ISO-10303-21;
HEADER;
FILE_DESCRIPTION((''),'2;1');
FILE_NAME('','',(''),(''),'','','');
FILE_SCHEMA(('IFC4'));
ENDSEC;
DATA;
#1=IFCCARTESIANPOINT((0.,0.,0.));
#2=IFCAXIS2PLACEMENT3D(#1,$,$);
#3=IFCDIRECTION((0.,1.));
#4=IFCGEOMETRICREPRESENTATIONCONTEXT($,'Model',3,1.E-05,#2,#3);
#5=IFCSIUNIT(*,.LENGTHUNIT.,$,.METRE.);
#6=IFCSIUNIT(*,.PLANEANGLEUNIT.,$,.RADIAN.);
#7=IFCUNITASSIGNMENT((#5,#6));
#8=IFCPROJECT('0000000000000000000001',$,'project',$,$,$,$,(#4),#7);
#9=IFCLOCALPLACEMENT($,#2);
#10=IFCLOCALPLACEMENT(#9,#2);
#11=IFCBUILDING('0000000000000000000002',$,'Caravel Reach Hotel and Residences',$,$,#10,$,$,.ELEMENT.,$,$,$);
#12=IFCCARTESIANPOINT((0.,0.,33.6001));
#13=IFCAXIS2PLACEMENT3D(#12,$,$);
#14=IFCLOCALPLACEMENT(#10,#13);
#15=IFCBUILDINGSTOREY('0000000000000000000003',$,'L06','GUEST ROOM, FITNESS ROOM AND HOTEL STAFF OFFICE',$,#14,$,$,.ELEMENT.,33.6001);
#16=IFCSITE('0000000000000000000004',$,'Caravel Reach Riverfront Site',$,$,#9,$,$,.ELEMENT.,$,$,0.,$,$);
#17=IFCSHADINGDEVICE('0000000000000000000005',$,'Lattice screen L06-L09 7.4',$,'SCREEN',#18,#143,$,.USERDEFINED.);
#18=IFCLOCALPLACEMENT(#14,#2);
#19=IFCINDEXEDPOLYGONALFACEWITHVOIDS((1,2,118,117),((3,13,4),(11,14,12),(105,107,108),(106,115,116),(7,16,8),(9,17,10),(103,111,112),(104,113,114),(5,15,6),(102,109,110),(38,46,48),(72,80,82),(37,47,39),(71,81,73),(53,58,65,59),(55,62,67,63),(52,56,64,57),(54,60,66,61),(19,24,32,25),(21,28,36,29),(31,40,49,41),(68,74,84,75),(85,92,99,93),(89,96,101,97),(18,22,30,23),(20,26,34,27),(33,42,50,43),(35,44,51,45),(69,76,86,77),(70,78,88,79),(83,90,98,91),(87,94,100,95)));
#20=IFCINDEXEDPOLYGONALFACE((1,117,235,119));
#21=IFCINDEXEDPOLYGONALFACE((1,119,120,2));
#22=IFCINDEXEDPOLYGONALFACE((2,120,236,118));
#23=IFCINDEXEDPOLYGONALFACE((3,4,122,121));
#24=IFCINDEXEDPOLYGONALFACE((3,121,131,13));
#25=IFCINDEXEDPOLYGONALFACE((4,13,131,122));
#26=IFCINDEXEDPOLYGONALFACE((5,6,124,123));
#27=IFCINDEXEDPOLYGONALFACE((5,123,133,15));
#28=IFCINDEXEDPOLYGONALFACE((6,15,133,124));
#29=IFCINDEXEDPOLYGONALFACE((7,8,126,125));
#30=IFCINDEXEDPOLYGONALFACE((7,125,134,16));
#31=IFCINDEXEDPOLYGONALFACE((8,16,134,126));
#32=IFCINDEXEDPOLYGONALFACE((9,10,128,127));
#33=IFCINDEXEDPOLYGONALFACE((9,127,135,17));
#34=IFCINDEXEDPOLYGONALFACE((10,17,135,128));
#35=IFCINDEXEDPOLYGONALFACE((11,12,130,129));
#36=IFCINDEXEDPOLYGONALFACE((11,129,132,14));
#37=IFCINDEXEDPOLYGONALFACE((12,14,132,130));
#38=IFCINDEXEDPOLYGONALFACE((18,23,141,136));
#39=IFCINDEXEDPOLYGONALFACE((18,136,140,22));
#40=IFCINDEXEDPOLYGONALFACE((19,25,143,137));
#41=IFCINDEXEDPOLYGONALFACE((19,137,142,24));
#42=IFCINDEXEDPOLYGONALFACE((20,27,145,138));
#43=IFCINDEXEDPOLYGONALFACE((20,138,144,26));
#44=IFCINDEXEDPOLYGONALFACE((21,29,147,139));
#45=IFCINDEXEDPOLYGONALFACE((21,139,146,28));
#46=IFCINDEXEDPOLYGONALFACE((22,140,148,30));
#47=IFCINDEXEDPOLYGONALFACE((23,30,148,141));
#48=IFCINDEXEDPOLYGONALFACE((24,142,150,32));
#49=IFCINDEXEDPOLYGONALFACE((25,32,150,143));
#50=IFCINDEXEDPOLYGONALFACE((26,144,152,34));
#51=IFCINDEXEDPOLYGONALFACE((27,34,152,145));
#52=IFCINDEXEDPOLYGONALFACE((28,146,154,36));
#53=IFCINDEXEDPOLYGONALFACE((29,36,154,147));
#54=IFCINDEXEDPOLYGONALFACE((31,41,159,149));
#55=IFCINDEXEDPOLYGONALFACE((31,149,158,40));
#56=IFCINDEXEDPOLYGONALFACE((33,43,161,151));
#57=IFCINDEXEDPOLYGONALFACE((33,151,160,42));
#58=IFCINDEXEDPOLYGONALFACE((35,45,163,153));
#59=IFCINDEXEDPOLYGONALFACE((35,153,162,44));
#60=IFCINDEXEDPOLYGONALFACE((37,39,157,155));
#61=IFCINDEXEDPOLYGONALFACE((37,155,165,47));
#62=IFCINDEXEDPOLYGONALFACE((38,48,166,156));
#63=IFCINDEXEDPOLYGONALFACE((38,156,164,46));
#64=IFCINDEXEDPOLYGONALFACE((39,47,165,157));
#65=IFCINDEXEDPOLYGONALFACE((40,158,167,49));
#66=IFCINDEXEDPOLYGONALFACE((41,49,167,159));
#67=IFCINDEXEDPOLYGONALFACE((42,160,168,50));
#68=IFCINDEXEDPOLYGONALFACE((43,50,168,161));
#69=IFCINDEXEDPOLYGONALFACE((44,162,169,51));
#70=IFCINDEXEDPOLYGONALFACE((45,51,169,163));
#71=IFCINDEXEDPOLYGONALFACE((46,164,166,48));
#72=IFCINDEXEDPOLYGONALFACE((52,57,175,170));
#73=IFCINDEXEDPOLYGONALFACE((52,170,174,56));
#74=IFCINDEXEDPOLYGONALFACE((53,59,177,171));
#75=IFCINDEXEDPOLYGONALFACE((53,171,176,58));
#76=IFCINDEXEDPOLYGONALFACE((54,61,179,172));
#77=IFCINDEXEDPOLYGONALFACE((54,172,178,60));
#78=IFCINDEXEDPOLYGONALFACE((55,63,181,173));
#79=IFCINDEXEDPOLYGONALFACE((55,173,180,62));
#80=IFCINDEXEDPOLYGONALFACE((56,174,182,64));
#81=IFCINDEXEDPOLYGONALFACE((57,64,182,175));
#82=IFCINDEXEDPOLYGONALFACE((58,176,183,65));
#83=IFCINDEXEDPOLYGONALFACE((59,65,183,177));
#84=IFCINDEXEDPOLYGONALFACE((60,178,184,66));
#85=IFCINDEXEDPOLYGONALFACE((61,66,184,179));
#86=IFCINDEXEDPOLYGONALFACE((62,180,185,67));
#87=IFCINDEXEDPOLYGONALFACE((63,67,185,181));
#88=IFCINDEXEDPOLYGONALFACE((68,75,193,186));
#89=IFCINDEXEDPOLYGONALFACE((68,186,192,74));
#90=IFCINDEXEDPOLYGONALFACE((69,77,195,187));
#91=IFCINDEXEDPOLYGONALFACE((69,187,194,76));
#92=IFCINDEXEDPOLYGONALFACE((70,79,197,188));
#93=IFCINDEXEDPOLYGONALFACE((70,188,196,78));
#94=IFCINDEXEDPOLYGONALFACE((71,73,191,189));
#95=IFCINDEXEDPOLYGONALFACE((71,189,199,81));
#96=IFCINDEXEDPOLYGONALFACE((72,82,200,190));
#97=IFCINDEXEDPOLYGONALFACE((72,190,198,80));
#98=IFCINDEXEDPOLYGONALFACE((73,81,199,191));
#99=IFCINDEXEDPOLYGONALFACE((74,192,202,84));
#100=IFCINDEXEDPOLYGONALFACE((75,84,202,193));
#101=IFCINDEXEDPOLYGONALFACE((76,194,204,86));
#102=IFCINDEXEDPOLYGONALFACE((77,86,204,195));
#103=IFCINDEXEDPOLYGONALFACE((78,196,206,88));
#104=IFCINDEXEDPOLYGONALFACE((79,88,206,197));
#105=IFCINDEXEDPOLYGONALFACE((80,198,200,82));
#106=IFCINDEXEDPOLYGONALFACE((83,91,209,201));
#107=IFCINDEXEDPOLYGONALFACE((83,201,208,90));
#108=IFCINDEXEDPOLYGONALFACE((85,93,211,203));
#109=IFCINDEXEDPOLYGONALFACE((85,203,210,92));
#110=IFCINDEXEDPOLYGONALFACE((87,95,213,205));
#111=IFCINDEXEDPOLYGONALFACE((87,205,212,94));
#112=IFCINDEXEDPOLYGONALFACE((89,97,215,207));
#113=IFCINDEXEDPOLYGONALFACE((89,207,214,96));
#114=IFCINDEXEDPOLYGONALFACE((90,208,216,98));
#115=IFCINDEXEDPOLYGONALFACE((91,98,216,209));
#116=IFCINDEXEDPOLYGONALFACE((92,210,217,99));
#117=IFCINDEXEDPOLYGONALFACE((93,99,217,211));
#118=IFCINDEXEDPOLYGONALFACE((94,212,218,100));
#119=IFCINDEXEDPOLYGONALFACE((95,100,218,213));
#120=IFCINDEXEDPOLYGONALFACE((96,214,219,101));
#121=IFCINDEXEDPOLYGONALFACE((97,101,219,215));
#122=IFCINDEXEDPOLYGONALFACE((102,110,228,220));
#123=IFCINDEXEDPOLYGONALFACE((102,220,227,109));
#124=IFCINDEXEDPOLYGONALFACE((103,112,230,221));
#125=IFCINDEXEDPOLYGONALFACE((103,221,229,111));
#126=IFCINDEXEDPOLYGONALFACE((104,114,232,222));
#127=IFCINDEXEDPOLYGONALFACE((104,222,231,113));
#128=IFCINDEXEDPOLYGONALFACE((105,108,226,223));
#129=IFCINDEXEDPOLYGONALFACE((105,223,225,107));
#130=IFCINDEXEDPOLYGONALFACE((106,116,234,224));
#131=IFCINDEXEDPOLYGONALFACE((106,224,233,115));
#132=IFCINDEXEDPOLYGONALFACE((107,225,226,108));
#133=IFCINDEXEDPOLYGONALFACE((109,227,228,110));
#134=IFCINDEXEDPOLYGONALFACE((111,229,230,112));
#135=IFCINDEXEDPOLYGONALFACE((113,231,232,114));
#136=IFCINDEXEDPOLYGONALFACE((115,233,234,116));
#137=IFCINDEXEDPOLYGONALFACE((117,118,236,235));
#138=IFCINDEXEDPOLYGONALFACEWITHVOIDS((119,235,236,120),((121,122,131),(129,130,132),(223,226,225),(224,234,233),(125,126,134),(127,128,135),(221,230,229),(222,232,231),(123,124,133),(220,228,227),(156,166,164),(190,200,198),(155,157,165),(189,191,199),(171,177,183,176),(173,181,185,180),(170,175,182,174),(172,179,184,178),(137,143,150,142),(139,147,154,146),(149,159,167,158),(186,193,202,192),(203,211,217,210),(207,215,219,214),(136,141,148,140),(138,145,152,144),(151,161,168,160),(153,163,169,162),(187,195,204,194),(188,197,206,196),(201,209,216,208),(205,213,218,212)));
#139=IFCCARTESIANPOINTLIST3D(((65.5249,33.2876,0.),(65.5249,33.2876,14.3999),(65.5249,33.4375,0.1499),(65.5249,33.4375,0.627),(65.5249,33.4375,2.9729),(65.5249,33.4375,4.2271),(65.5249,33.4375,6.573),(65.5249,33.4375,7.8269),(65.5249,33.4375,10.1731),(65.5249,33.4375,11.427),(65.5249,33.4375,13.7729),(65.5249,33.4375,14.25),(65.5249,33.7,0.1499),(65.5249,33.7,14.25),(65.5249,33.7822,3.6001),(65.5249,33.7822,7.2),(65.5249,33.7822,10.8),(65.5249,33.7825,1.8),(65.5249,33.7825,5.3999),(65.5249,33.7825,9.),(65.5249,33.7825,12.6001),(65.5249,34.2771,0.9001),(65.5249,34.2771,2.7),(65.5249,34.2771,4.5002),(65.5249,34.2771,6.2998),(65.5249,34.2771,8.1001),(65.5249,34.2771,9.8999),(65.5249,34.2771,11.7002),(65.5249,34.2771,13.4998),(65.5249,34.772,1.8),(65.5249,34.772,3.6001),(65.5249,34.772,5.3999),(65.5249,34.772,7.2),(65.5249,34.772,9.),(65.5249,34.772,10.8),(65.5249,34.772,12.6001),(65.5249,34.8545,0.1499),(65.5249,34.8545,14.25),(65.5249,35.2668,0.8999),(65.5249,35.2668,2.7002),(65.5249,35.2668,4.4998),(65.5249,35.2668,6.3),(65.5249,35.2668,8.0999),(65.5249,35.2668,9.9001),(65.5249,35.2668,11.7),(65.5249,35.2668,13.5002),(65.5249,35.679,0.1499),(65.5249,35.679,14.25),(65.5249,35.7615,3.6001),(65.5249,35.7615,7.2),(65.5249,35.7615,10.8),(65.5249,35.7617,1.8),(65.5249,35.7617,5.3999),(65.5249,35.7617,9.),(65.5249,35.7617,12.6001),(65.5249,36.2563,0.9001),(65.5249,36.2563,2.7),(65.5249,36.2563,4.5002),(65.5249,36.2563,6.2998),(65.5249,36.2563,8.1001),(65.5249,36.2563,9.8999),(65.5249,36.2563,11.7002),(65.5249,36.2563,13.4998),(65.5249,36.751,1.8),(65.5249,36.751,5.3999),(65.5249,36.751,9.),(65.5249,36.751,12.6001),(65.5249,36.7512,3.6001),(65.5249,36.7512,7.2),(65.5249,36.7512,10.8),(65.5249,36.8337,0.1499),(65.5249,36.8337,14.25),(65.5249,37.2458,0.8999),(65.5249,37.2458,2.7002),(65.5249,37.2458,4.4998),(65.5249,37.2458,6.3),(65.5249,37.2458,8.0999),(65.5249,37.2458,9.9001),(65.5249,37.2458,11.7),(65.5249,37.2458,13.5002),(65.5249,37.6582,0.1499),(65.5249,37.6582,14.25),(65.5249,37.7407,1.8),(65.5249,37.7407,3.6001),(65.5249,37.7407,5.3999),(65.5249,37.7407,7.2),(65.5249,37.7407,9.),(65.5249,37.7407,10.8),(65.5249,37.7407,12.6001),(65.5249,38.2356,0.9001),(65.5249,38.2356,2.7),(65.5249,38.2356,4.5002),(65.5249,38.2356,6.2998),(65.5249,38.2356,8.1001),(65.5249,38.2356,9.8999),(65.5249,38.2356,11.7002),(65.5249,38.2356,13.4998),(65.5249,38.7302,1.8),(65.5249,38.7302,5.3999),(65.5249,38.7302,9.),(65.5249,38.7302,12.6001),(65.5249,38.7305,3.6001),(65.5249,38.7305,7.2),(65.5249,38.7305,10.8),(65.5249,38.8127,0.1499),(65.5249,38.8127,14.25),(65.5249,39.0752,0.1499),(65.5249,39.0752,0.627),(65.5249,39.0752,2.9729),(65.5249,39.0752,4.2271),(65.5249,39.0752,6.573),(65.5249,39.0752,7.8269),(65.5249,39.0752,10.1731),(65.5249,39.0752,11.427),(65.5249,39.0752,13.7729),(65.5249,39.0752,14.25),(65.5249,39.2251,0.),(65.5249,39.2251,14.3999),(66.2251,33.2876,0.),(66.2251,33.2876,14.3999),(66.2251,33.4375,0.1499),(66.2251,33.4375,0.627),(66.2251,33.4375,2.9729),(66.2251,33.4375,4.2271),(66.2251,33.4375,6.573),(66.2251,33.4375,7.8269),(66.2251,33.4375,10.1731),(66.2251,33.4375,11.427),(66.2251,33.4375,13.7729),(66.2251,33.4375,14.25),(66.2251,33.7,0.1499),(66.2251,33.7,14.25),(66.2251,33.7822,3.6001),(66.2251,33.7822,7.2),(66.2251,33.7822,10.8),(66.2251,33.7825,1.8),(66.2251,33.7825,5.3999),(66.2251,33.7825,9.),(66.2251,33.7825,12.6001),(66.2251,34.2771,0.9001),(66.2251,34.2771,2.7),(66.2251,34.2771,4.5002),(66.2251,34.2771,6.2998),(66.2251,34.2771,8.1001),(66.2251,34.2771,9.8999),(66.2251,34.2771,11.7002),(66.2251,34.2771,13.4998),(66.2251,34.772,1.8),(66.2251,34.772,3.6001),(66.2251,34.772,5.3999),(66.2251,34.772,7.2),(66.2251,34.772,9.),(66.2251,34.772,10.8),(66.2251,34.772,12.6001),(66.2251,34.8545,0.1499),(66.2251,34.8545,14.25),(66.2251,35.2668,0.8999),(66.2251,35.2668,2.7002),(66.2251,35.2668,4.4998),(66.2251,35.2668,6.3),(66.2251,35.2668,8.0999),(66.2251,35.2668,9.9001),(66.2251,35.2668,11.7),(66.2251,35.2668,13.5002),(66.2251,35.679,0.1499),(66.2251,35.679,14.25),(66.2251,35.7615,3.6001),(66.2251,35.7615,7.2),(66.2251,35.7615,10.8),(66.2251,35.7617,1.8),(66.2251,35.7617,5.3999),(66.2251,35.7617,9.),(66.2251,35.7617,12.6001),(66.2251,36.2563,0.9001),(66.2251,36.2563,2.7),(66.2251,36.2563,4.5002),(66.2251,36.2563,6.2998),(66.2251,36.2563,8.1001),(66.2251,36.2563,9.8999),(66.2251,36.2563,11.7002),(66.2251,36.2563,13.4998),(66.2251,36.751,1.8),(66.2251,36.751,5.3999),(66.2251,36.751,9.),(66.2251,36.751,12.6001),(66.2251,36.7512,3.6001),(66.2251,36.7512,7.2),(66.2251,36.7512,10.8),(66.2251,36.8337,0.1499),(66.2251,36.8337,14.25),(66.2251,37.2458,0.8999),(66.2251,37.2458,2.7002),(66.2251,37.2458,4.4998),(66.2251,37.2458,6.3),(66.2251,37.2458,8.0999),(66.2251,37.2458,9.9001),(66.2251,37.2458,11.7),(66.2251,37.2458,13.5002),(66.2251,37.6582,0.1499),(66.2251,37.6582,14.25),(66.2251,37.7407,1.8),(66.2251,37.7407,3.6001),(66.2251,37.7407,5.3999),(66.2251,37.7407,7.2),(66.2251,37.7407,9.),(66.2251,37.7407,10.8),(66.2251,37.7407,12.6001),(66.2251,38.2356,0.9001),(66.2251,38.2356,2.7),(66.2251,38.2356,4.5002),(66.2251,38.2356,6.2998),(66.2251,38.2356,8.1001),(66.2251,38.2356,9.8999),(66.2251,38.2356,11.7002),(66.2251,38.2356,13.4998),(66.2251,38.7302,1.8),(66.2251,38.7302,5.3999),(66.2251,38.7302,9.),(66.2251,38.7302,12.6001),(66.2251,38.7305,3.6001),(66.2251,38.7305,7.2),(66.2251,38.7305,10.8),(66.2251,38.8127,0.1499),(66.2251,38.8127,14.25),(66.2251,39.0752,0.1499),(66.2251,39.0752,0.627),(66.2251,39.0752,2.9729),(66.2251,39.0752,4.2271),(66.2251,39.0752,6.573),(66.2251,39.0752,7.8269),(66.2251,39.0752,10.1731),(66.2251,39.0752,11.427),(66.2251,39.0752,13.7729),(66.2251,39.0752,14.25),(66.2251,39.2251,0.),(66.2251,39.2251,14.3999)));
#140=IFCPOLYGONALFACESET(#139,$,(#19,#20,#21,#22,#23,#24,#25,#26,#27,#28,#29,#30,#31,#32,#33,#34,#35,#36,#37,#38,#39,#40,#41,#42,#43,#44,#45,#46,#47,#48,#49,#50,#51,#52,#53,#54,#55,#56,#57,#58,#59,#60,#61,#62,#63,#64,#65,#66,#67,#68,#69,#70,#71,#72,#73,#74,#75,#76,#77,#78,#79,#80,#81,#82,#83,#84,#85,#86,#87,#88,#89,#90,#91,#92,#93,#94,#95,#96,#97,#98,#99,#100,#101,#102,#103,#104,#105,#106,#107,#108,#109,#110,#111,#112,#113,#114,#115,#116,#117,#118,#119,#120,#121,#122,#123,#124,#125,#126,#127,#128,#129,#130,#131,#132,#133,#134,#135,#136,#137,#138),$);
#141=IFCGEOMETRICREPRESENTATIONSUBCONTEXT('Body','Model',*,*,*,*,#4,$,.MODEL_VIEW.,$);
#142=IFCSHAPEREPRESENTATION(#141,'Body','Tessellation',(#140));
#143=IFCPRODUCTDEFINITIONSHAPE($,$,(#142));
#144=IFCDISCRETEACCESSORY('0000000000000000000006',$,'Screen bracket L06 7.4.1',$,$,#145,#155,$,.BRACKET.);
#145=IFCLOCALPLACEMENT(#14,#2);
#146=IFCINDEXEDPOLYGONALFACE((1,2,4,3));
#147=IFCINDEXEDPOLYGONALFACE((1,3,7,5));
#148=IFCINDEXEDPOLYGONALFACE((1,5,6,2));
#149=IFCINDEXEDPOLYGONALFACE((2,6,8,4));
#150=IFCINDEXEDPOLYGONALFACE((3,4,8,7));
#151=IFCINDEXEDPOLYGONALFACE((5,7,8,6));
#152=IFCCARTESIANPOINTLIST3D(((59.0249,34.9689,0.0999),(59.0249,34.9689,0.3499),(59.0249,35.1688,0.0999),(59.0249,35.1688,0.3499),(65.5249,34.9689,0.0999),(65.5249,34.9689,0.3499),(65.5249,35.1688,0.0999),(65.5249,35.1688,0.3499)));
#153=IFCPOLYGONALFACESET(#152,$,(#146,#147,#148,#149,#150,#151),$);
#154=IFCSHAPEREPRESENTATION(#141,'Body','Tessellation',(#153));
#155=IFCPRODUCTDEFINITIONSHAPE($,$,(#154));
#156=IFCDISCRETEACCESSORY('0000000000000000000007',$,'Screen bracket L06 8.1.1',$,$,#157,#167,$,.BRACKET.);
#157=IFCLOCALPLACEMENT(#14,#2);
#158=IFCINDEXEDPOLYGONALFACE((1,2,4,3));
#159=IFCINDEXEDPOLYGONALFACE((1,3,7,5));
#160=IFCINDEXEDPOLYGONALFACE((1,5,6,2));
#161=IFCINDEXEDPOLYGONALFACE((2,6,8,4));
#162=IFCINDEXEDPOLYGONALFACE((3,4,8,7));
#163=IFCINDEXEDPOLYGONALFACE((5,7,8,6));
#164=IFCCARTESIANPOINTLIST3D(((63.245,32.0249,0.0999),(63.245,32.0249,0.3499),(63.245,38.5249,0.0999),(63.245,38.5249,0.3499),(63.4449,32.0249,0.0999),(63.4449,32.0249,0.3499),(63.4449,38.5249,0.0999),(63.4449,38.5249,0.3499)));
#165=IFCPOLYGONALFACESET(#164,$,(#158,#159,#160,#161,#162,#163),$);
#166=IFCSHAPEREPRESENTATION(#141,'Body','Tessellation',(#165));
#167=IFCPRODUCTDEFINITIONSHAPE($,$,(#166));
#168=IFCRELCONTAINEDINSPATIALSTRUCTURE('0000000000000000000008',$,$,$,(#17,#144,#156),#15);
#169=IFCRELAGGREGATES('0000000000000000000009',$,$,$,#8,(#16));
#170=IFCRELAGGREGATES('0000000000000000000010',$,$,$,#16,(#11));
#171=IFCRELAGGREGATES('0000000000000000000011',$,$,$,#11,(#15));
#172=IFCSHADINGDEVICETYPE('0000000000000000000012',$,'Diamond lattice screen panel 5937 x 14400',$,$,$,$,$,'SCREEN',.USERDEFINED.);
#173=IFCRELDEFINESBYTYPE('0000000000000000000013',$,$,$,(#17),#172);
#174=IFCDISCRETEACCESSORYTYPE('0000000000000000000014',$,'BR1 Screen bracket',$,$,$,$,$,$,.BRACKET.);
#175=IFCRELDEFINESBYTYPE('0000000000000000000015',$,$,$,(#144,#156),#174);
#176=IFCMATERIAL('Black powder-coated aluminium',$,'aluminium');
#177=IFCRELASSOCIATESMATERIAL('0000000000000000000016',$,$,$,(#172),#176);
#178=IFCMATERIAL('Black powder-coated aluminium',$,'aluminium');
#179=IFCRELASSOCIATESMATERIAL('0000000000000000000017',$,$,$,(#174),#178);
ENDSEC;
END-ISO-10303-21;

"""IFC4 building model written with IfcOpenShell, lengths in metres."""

from ifc_helpers import new_model, si_unit, direction, frame, origin, origin_2d, place, context, subcontext, project, spatial, polyline, rectangle, outline, extrude, material, type_object, element, save


model = new_model("IFC4")

# Units and contexts
model_context = context("Model", 3, precision=1e-05, world=origin(), true_north=direction((0.0, 1.0)))
body_context = subcontext(model_context, "Body", "Model", "MODEL_VIEW")
ifc_project = project(units=[si_unit("LENGTHUNIT", "METRE"), si_unit("PLANEANGLEUNIT", "RADIAN")], contexts=[model_context])

# Site, building, storey
site_placement = place(None, origin())
site = spatial("IfcSite", under=ifc_project, at=site_placement, Name="Caravel Reach Riverfront Site", CompositionType="ELEMENT", RefElevation=0.0)
building_placement = place(site_placement, origin())
building = spatial("IfcBuilding", under=site, at=building_placement, Name="Caravel Reach Hotel and Residences", CompositionType="ELEMENT")
storey_placement = place(building_placement, frame((0.0, 0.0, 33.6001)))
storey = spatial("IfcBuildingStorey", under=building, at=storey_placement, Name="L06", Description="GUEST ROOM, FITNESS ROOM AND HOTEL STAFF OFFICE", CompositionType="ELEMENT", Elevation=33.6001)

# Shading device
ifc_material_1 = material(Name="Black powder-coated aluminium", Category="aluminium")
shading_device_type = type_object("IfcShadingDeviceType", Name="Diamond lattice screen panel 5937 x 14400", ElementType="SCREEN", PredefinedType="USERDEFINED", material=ifc_material_1)
shading_device_placement = place(storey_placement, frame((65.5249, 33.2876, 0.0), z_axis=(1.0, 0.0, 0.0), x_axis=(0.0, 1.0, 0.0)))
element("IfcShadingDevice", 1, at=shading_device_placement, inside=storey, type_object=shading_device_type, Name="Lattice screen L06-L09 7.4", ObjectType="SCREEN", PredefinedType="USERDEFINED", context=body_context, shape_type="SweptSolid", body=[
    extrude(outline(polyline([(0.0, 0.0), (5.9375, 0.0), (5.9375, 14.3999), (0.0, 14.3999), (0.0, 0.0)]), holes=[polyline([(0.4124, 0.1499), (0.1499, 0.627), (0.1499, 0.1499), (0.4124, 0.1499)]), polyline([(0.4946, 3.6001), (0.1499, 4.2271), (0.1499, 2.9729), (0.4946, 3.6001)]), polyline([(0.4946, 7.2), (0.1499, 7.8269), (0.1499, 6.573), (0.4946, 7.2)]), polyline([(0.4946, 10.8), (0.1499, 11.427), (0.1499, 10.1731), (0.4946, 10.8)]), polyline([(0.1499, 13.7729), (0.4124, 14.25), (0.1499, 14.25), (0.1499, 13.7729)]), polyline([(0.9895, 2.7), (0.4949, 1.8), (0.9895, 0.9001), (1.4844, 1.8), (0.9895, 2.7)]), polyline([(0.9895, 6.2998), (0.4949, 5.3999), (0.9895, 4.5002), (1.4844, 5.3999), (0.9895, 6.2998)]), polyline([(0.9895, 9.8999), (0.4949, 9.0), (0.9895, 8.1001), (1.4844, 9.0), (0.9895, 9.8999)]), polyline([(0.9895, 13.4998), (0.4949, 12.6001), (0.9895, 11.7002), (1.4844, 12.6001), (0.9895, 13.4998)]), polyline([(1.9792, 0.8999), (1.5669, 0.1499), (2.3914, 0.1499), (1.9792, 0.8999)]), polyline([(1.9792, 4.4998), (1.4844, 3.6001), (1.9792, 2.7002), (2.4739, 3.6001), (1.9792, 4.4998)]), polyline([(1.9792, 8.0999), (1.4844, 7.2), (1.9792, 6.3), (2.4739, 7.2), (1.9792, 8.0999)]), polyline([(1.9792, 11.7), (1.4844, 10.8), (1.9792, 9.9001), (2.4739, 10.8), (1.9792, 11.7)]), polyline([(1.9792, 13.5002), (2.3914, 14.25), (1.5669, 14.25), (1.9792, 13.5002)]), polyline([(2.9688, 2.7), (2.4741, 1.8), (2.9688, 0.9001), (3.4634, 1.8), (2.9688, 2.7)]), polyline([(2.9688, 6.2998), (2.4741, 5.3999), (2.9688, 4.5002), (3.4634, 5.3999), (2.9688, 6.2998)]), polyline([(2.9688, 9.8999), (2.4741, 9.0), (2.9688, 8.1001), (3.4634, 9.0), (2.9688, 9.8999)]), polyline([(2.9688, 13.4998), (2.4741, 12.6001), (2.9688, 11.7002), (3.4634, 12.6001), (2.9688, 13.4998)]), polyline([(3.9583, 0.8999), (3.5461, 0.1499), (4.3706, 0.1499), (3.9583, 0.8999)]), polyline([(3.9583, 4.4998), (3.4636, 3.6001), (3.9583, 2.7002), (4.4531, 3.6001), (3.9583, 4.4998)]), polyline([(3.9583, 8.0999), (3.4636, 7.2), (3.9583, 6.3), (4.4531, 7.2), (3.9583, 8.0999)]), polyline([(3.9583, 11.7), (3.4636, 10.8), (3.9583, 9.9001), (4.4531, 10.8), (3.9583, 11.7)]), polyline([(3.9583, 13.5002), (4.3706, 14.25), (3.5461, 14.25), (3.9583, 13.5002)]), polyline([(4.948, 2.7), (4.4531, 1.8), (4.948, 0.9001), (5.4426, 1.8), (4.948, 2.7)]), polyline([(4.948, 6.2998), (4.4531, 5.3999), (4.948, 4.5002), (5.4426, 5.3999), (4.948, 6.2998)]), polyline([(4.948, 9.8999), (4.4531, 9.0), (4.948, 8.1001), (5.4426, 9.0), (4.948, 9.8999)]), polyline([(4.948, 13.4998), (4.4531, 12.6001), (4.948, 11.7002), (5.4426, 12.6001), (4.948, 13.4998)]), polyline([(5.7876, 0.627), (5.5251, 0.1499), (5.7876, 0.1499), (5.7876, 0.627)]), polyline([(5.4429, 3.6001), (5.7876, 2.9729), (5.7876, 4.2271), (5.4429, 3.6001)]), polyline([(5.4429, 7.2), (5.7876, 6.573), (5.7876, 7.8269), (5.4429, 7.2)]), polyline([(5.4429, 10.8), (5.7876, 10.1731), (5.7876, 11.427), (5.4429, 10.8)]), polyline([(5.5251, 14.25), (5.7876, 13.7729), (5.7876, 14.25), (5.5251, 14.25)])]), origin(), (0.0, 0.0, 1.0), 0.7002),
])

# Discrete accessories
ifc_material_2 = material(Name="Black powder-coated aluminium", Category="aluminium")
discrete_accessory_type = type_object("IfcDiscreteAccessoryType", Name="BR1 Screen bracket", PredefinedType="BRACKET", material=ifc_material_2)
for number, where, z_axis, x_axis, name in (
    (2, (62.2749, 35.0688, 0.0999), (0.0, 0.0, 1.0), (1.0, 0.0, 0.0), "Screen bracket L06 7.4.1"),
    (3, (63.345, 35.2749, 0.0999), (0.0, 0.0, 1.0), (0.0, 1.0, 0.0), "Screen bracket L06 8.1.1"),
):
    element("IfcDiscreteAccessory", number, at=place(storey_placement, frame(where, z_axis=z_axis, x_axis=x_axis)), inside=storey, type_object=discrete_accessory_type, Name=name, PredefinedType="BRACKET", context=body_context, shape_type="SweptSolid", body=[
        extrude(rectangle(XDim=6.5, YDim=0.2, at=origin_2d()), origin(), (0.0, 0.0, 1.0), 0.25),
    ])

save(model, "model.ifc")
